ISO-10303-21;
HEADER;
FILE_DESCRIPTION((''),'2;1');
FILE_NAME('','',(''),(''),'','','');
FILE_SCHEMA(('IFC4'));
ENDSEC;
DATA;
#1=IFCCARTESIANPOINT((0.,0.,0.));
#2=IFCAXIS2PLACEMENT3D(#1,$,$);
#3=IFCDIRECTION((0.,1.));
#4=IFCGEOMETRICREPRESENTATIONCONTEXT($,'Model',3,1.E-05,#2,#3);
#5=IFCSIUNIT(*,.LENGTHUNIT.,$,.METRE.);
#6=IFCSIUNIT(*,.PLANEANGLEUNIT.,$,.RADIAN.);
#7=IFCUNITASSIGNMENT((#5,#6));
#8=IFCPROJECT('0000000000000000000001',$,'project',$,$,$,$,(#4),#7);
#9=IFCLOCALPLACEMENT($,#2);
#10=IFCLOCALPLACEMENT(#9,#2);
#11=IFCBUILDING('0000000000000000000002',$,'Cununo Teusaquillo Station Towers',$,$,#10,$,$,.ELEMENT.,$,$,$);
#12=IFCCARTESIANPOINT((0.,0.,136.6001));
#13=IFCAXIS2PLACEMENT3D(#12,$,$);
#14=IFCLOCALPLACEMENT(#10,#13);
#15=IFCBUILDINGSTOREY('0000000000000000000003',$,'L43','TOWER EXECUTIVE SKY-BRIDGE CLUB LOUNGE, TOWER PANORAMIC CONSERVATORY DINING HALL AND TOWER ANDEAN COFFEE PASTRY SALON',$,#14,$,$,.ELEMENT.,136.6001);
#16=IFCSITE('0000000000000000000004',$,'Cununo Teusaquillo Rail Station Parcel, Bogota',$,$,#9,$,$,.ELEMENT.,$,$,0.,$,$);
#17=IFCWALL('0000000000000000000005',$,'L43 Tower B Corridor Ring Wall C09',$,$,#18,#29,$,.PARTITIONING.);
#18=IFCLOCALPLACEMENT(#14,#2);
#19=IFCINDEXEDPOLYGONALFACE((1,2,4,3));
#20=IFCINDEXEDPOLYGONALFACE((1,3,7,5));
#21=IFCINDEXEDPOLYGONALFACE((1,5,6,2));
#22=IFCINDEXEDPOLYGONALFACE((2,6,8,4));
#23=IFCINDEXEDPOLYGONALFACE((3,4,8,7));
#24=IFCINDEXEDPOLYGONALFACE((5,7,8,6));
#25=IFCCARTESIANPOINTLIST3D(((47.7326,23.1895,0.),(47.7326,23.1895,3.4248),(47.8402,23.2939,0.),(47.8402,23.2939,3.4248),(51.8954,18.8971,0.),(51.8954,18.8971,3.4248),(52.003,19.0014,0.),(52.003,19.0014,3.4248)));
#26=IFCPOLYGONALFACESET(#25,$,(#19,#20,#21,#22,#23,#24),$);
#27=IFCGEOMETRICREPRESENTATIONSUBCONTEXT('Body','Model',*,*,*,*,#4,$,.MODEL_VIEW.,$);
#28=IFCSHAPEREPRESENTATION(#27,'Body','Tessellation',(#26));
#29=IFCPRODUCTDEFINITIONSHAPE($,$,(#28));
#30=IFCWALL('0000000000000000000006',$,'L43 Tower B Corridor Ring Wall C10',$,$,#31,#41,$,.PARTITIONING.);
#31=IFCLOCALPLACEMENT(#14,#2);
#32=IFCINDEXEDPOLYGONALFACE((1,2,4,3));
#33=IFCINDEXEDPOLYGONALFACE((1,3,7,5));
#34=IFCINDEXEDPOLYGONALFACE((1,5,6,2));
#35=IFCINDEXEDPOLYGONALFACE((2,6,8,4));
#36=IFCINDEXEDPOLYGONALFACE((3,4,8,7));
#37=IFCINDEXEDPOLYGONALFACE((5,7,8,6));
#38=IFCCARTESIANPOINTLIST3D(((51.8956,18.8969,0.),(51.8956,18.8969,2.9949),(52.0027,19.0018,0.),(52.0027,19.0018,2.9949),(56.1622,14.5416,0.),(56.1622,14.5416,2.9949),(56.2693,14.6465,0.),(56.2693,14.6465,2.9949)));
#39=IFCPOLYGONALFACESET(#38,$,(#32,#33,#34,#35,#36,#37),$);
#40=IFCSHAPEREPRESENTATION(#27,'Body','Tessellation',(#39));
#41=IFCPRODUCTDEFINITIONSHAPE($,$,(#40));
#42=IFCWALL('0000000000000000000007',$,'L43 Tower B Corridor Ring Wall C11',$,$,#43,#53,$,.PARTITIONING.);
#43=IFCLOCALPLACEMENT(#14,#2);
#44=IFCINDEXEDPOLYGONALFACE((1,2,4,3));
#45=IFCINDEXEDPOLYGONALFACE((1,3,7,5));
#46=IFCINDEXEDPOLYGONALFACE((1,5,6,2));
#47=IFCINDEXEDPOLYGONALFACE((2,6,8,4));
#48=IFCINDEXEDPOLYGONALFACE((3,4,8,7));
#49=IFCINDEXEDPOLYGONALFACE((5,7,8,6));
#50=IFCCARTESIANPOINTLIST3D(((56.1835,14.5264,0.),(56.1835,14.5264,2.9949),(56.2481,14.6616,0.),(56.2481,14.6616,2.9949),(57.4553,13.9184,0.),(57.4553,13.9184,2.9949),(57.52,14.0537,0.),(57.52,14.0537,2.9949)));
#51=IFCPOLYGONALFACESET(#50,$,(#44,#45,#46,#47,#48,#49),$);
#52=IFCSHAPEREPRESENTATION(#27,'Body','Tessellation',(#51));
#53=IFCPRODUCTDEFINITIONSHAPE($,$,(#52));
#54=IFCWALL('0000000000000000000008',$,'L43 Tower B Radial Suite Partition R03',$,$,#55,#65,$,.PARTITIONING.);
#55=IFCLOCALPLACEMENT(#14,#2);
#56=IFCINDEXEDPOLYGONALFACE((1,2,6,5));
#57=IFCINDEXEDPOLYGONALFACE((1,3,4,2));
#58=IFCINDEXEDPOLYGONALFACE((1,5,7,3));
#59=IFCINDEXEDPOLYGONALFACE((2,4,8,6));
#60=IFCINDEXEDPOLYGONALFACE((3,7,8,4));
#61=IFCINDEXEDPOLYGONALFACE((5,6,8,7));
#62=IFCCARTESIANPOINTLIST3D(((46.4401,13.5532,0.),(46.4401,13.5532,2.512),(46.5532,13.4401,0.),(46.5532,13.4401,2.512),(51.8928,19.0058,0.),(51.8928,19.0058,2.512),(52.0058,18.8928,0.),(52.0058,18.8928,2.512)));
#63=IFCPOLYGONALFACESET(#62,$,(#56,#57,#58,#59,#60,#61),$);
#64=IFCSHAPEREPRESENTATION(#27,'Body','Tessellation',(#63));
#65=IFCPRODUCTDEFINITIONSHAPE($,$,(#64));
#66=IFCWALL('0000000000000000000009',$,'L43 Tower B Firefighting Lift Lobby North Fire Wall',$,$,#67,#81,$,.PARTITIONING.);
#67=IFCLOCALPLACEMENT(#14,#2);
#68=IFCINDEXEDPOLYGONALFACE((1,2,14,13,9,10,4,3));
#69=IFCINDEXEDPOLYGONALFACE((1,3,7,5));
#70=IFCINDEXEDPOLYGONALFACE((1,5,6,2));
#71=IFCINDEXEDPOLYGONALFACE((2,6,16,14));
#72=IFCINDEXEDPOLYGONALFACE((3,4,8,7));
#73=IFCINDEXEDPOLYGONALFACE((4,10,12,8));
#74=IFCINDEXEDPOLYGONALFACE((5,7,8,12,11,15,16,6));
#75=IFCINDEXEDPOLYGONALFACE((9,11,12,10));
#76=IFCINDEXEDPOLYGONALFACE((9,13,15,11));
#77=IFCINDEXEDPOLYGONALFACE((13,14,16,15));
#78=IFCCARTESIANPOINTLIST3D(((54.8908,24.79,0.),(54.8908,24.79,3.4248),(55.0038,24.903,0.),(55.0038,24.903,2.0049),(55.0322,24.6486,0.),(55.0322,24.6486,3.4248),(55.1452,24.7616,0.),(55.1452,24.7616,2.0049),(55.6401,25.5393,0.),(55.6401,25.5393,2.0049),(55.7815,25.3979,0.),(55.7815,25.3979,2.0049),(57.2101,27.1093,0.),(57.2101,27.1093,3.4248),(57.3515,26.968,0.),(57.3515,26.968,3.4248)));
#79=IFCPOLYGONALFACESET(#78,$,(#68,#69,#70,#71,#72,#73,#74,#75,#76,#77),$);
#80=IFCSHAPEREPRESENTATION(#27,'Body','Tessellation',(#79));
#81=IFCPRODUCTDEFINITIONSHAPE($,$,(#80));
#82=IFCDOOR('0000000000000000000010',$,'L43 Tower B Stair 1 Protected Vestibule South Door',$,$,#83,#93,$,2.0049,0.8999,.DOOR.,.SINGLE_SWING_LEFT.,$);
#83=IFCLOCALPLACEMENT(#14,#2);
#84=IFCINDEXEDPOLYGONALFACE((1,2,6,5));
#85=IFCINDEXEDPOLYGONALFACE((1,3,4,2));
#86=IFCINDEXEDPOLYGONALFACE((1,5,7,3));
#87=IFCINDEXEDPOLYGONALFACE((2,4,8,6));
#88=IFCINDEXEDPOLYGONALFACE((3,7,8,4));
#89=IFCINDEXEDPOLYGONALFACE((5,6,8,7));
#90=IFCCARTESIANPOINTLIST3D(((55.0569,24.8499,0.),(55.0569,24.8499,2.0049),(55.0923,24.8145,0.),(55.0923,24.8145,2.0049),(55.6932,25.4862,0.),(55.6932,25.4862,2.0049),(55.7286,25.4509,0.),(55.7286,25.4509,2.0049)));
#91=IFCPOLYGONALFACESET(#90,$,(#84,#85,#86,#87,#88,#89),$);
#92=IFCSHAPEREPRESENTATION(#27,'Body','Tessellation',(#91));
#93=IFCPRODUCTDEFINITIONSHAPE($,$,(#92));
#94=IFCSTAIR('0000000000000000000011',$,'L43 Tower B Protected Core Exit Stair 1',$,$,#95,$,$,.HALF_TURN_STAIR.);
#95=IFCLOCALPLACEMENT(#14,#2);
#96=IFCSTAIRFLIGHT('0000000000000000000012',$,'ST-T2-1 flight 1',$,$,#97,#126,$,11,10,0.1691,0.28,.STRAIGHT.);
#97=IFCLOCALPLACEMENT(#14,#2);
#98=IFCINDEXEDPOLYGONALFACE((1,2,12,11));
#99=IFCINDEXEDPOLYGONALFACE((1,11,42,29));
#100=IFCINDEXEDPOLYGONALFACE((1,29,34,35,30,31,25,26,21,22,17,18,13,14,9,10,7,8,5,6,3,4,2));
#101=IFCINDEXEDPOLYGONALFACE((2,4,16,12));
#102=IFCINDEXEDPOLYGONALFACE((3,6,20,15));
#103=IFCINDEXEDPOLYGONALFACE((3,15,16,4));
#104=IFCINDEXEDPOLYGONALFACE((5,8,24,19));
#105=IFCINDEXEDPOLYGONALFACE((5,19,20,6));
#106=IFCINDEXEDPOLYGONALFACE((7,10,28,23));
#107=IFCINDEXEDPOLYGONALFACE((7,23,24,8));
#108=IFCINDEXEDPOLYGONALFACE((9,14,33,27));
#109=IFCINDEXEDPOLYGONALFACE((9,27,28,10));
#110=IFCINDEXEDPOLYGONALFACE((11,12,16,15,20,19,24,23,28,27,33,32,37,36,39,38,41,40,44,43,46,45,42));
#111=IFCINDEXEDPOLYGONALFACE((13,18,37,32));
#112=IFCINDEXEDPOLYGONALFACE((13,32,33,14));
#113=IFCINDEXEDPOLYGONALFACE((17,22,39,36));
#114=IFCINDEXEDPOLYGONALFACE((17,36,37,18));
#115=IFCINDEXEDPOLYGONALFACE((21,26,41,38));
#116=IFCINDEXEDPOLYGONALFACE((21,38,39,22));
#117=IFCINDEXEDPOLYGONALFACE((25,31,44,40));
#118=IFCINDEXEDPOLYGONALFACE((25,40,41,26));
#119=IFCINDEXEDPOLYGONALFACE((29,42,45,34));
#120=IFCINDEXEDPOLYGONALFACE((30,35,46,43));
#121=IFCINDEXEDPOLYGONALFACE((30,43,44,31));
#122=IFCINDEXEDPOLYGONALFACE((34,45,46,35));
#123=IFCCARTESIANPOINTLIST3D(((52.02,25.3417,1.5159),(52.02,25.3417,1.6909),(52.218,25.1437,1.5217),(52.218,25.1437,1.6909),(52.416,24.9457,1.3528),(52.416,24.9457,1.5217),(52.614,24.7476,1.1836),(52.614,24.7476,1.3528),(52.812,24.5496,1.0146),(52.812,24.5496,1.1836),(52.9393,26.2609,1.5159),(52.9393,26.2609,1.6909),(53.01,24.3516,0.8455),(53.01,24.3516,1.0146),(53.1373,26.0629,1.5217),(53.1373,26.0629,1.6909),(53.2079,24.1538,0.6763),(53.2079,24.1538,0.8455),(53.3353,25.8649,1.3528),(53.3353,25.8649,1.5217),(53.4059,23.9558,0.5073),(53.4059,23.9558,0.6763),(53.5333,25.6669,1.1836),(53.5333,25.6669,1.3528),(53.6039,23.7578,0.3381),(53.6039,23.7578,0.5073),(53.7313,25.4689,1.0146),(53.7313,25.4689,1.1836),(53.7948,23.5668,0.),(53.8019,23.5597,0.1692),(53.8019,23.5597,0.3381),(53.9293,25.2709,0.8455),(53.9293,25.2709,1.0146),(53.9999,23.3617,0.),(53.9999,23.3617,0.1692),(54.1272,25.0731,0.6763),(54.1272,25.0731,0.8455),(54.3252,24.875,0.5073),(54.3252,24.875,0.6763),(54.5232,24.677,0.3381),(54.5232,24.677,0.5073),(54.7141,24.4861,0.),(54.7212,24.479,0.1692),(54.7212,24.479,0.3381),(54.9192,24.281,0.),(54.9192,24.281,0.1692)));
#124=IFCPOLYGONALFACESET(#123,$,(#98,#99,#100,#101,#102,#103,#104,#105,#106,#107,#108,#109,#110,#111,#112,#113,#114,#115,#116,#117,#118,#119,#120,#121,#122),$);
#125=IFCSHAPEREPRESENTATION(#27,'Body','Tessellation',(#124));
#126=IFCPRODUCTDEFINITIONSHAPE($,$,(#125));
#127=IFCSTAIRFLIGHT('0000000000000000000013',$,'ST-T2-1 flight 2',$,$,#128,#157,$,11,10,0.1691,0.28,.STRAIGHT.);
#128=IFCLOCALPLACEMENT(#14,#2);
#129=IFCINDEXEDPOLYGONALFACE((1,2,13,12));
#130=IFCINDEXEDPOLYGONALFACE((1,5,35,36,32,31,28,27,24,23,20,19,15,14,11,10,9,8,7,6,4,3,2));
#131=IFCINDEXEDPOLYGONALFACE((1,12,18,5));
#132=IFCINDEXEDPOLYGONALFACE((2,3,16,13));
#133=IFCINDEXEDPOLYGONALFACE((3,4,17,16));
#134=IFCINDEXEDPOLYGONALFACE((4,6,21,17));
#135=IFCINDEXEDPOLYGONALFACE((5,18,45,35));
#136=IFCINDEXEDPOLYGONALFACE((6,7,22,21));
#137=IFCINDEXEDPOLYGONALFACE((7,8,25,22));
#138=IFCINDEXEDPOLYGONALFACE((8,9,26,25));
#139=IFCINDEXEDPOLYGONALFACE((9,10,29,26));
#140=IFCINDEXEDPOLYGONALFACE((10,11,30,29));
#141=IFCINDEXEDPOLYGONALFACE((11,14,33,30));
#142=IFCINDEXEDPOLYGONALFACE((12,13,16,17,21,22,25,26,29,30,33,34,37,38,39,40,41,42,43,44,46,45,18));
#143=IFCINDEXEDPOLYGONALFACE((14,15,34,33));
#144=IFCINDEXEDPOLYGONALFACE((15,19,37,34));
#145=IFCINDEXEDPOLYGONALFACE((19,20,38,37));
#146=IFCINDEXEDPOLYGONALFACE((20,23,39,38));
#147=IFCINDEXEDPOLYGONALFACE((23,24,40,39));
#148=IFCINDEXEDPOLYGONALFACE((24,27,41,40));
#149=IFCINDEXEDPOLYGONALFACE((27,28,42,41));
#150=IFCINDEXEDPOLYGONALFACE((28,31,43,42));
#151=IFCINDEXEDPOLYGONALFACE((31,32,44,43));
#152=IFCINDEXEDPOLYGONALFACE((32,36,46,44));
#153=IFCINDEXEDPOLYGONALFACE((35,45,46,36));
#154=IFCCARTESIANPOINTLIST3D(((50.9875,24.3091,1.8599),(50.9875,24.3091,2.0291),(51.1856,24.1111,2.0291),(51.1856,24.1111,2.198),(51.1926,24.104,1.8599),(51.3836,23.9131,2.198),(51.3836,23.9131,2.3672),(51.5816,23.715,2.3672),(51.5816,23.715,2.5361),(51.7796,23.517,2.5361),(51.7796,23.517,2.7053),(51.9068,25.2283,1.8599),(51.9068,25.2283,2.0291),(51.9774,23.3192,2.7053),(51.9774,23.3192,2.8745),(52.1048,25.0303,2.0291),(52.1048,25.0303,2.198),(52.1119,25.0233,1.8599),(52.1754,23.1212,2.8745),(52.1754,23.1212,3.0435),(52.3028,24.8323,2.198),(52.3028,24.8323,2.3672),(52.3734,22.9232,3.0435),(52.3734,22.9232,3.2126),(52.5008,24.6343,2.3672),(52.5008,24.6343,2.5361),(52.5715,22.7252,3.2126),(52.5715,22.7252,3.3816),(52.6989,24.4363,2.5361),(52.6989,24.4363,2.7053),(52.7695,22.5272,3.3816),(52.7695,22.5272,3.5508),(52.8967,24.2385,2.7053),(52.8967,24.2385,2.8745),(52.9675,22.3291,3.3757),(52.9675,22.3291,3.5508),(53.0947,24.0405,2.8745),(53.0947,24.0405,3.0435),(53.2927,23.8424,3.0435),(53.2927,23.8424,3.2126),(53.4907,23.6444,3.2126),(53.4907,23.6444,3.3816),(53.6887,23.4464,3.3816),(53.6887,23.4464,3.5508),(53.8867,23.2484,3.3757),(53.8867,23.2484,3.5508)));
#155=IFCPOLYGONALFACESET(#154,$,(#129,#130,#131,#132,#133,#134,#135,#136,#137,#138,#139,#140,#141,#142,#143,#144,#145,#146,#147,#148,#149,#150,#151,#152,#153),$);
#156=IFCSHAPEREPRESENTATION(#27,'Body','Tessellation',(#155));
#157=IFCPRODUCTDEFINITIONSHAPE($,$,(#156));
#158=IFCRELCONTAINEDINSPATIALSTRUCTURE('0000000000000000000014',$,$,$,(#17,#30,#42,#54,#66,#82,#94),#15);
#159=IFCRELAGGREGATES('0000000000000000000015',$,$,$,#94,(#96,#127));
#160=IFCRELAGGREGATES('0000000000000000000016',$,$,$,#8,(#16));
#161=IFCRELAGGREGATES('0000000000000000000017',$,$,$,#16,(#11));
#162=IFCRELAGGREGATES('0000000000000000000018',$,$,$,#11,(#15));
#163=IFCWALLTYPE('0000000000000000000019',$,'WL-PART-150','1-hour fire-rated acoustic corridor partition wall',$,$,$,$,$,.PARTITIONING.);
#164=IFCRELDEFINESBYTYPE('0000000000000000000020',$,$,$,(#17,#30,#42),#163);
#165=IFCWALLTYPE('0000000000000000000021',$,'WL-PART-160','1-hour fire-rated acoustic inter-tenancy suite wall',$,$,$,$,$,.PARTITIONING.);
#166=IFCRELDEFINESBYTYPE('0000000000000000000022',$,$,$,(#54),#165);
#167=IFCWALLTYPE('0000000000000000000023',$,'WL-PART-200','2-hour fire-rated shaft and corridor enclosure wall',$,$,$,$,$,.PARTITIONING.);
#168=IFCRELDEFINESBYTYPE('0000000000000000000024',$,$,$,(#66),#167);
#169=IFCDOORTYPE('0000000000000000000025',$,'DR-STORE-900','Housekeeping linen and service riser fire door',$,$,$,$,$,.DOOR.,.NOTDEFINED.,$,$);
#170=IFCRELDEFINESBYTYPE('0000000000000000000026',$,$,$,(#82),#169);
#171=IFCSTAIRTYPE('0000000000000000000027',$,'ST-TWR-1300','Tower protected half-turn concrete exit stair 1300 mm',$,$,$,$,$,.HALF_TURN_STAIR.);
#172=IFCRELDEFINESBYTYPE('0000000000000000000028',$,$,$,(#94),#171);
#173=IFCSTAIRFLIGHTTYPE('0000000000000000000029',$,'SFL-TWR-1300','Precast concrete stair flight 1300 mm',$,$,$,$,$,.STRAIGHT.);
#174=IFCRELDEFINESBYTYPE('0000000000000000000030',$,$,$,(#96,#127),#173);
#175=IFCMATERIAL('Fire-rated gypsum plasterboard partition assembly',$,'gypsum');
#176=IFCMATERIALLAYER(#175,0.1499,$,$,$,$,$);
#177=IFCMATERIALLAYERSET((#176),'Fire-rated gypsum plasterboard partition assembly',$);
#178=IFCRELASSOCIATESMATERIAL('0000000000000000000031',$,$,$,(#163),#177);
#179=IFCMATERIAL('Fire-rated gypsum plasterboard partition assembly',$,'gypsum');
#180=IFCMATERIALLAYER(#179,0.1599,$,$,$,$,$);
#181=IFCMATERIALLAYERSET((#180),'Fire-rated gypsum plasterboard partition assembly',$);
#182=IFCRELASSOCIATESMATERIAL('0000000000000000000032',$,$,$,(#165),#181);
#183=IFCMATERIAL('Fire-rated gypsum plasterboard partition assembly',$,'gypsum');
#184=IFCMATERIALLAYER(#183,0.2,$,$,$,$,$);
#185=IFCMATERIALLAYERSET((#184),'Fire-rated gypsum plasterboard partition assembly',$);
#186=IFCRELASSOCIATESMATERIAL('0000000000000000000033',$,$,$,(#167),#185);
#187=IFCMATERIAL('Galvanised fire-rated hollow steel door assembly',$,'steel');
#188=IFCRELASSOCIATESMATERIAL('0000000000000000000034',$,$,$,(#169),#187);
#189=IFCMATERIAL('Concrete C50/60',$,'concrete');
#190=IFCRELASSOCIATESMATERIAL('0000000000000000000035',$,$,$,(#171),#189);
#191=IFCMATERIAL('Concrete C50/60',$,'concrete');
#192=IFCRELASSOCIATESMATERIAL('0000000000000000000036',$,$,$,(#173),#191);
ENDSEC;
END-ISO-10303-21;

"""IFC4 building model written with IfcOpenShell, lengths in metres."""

from ifc_helpers import new_model, si_unit, direction, frame, frame_2d, origin, place, context, subcontext, project, spatial, polyline, rectangle, outline, extrude, source, transform, mapped, material, layer, layer_set, type_object, element, fill, aggregate, save


model = new_model("IFC4")

# Units and contexts
model_context = context("Model", 3, precision=1e-05, world=origin(), true_north=direction((0.0, 1.0)))
body_context = subcontext(model_context, "Body", "Model", "MODEL_VIEW")
ifc_project = project(units=[si_unit("LENGTHUNIT", "METRE"), si_unit("PLANEANGLEUNIT", "RADIAN")], contexts=[model_context])

# Site, building, storey
site_placement = place(None, origin())
site = spatial("IfcSite", under=ifc_project, at=site_placement, Name="Cununo Teusaquillo Rail Station Parcel, Bogota", CompositionType="ELEMENT", RefElevation=0.0)
building_placement = place(site_placement, origin())
building = spatial("IfcBuilding", under=site, at=building_placement, Name="Cununo Teusaquillo Station Towers", CompositionType="ELEMENT")
storey_placement = place(building_placement, frame((0.0, 0.0, 136.6001)))
storey = spatial("IfcBuildingStorey", under=building, at=storey_placement, Name="L43", Description="TOWER EXECUTIVE SKY-BRIDGE CLUB LOUNGE, TOWER PANORAMIC CONSERVATORY DINING HALL AND TOWER ANDEAN COFFEE PASTRY SALON", CompositionType="ELEMENT", Elevation=136.6001)

# Walls
ifc_material_1 = material(Name="Fire-rated gypsum plasterboard partition assembly", Category="gypsum")
ifc_layer_1 = layer(ifc_material_1, 0.1499)
ifc_layer_set_1 = layer_set([ifc_layer_1], Name="Fire-rated gypsum plasterboard partition assembly")
wall_type_1 = type_object("IfcWallType", Name="WL-PART-150", Description="1-hour fire-rated acoustic corridor partition wall", PredefinedType="PARTITIONING", material=ifc_layer_set_1)
wall_1_placement = place(storey_placement, frame((47.7864, 23.2417, 0.0), z_axis=(0.0, 0.0, 1.0), x_axis=(0.696183, -0.717864, 0.0)))
element("IfcWall", 1, at=wall_1_placement, inside=storey, type_object=wall_type_1, Name="L43 Tower B Corridor Ring Wall C09", PredefinedType="PARTITIONING", context=body_context, shape_type="SweptSolid", body=[
    extrude(rectangle(XDim=5.9795, YDim=0.1499, at=frame_2d((2.9897, 0.0))), origin(), (0.0, 0.0, 1.0), 3.4248),
])
wall_2_placement = place(storey_placement, frame((51.9492, 18.9492, 0.0), z_axis=(0.0, 0.0, 1.0), x_axis=(0.699802, -0.714337, 0.0)))
element("IfcWall", 2, at=wall_2_placement, inside=storey, type_object=wall_type_1, Name="L43 Tower B Corridor Ring Wall C10", PredefinedType="PARTITIONING", context=body_context, shape_type="SweptSolid", body=[
    extrude(rectangle(XDim=6.0969, YDim=0.1499, at=frame_2d((3.0483, 0.0))), origin(), (0.0, 0.0, 1.0), 2.9949),
])
wall_3_placement = place(storey_placement, frame((56.2158, 14.594, 0.0), z_axis=(0.0, 0.0, 1.0), x_axis=(0.902219, -0.431278, 0.0)))
element("IfcWall", 3, at=wall_3_placement, inside=storey, type_object=wall_type_1, Name="L43 Tower B Corridor Ring Wall C11", PredefinedType="PARTITIONING", context=body_context, shape_type="SweptSolid", body=[
    extrude(rectangle(XDim=1.4097, YDim=0.1499, at=frame_2d((0.7048, 0.0))), origin(), (0.0, 0.0, 1.0), 2.9949),
])
ifc_material_2 = material(Name="Fire-rated gypsum plasterboard partition assembly", Category="gypsum")
ifc_layer_2 = layer(ifc_material_2, 0.1599)
ifc_layer_set_2 = layer_set([ifc_layer_2], Name="Fire-rated gypsum plasterboard partition assembly")
wall_type_2 = type_object("IfcWallType", Name="WL-PART-160", Description="1-hour fire-rated acoustic inter-tenancy suite wall", PredefinedType="PARTITIONING", material=ifc_layer_set_2)
wall_4_placement = place(storey_placement, frame((51.9492, 18.9492, 0.0), z_axis=(0.0, 0.0, 1.0), x_axis=(-0.707107, -0.707107, 0.0)))
element("IfcWall", 4, at=wall_4_placement, inside=storey, type_object=wall_type_2, Name="L43 Tower B Radial Suite Partition R03", PredefinedType="PARTITIONING", context=body_context, shape_type="SweptSolid", body=[
    extrude(rectangle(XDim=7.7112, YDim=0.1599, at=frame_2d((3.8555, 0.0))), origin(), (0.0, 0.0, 1.0), 2.512),
])

# Wall, opening, door
ifc_material_3 = material(Name="Fire-rated gypsum plasterboard partition assembly", Category="gypsum")
ifc_layer_3 = layer(ifc_material_3, 0.2)
ifc_layer_set_3 = layer_set([ifc_layer_3], Name="Fire-rated gypsum plasterboard partition assembly")
wall_type_3 = type_object("IfcWallType", Name="WL-PART-200", Description="2-hour fire-rated shaft and corridor enclosure wall", PredefinedType="PARTITIONING", material=ifc_layer_set_3)
wall_5_placement = place(storey_placement, frame((54.9614, 24.7192, 0.0), z_axis=(0.0, 0.0, 1.0), x_axis=(0.707107, 0.707107, 0.0)))
wall_5 = element("IfcWall", 5, at=wall_5_placement, inside=storey, type_object=wall_type_3, Name="L43 Tower B Firefighting Lift Lobby North Fire Wall", PredefinedType="PARTITIONING", context=body_context, shape_type="SweptSolid", body=[
    extrude(rectangle(XDim=3.28, YDim=0.2, at=frame_2d((1.6401, 0.0))), origin(), (0.0, 0.0, 1.0), 3.4248),
])
shared_shape_1 = source(origin(), body_context, "Body", "SweptSolid", [
    extrude(rectangle(XDim=0.8999, YDim=2.0049, at=frame_2d((0.45, 1.0024))), frame((0.0, 0.1099, 0.0), z_axis=(0.0, -1.0, 0.0), x_axis=(1.0, 0.0, 0.0)), (0.0, 0.0, 1.0), 0.22),
])
opening_1_placement = place(wall_5_placement, frame((0.1599, 0.0, 0.0)))
opening_1 = element("IfcOpeningElement", 6, at=opening_1_placement, cuts=wall_5, PredefinedType="OPENING", context=body_context, shape_type="MappedRepresentation", body=[
    mapped(shared_shape_1, transform((0.0, 0.0, 0.0), x_axis=(1.0, 0.0, 0.0), y_axis=(0.0, 1.0, 0.0), z_axis=(0.0, 0.0, 1.0), scale=1.0)),
])
ifc_material_4 = material(Name="Galvanised fire-rated hollow steel door assembly", Category="steel")
door_type = type_object("IfcDoorType", Name="DR-STORE-900", Description="Housekeeping linen and service riser fire door", OperationType="NOTDEFINED", PredefinedType="DOOR", material=ifc_material_4)
shared_shape_2 = source(origin(), body_context, "Body", "SweptSolid", [
    extrude(rectangle(XDim=0.8999, YDim=2.0049, at=frame_2d((0.45, 1.0024))), frame((0.0, 0.0249, 0.0), z_axis=(0.0, -1.0, 0.0), x_axis=(1.0, 0.0, 0.0)), (0.0, 0.0, 1.0), 0.05),
])
door_placement = place(opening_1_placement, origin())
door = element("IfcDoor", 7, at=door_placement, inside=storey, type_object=door_type, Name="L43 Tower B Stair 1 Protected Vestibule South Door", OperationType="SINGLE_SWING_LEFT", OverallHeight=2.0049, OverallWidth=0.8999, PredefinedType="DOOR", context=body_context, shape_type="MappedRepresentation", body=[
    mapped(shared_shape_2, transform((0.0, 0.0, 0.0), x_axis=(1.0, 0.0, 0.0), y_axis=(0.0, 1.0, 0.0), z_axis=(0.0, 0.0, 1.0), scale=1.0)),
])
fill(opening_1, door)

# Stair, stair flights
ifc_material_5 = material(Name="Concrete C50/60", Category="concrete")
stair_type = type_object("IfcStairType", Name="ST-TWR-1300", Description="Tower protected half-turn concrete exit stair 1300 mm", PredefinedType="HALF_TURN_STAIR", material=ifc_material_5)
stair_placement = place(storey_placement, origin())
stair = element("IfcStair", 8, at=stair_placement, inside=storey, type_object=stair_type, Name="L43 Tower B Protected Core Exit Stair 1", PredefinedType="HALF_TURN_STAIR")
ifc_material_6 = material(Name="Concrete C50/60", Category="concrete")
stair_flight_type = type_object("IfcStairFlightType", Name="SFL-TWR-1300", Description="Precast concrete stair flight 1300 mm", PredefinedType="STRAIGHT", material=ifc_material_6)
stair_flight_1_placement = place(storey_placement, frame((54.4595, 23.8213, 0.0), z_axis=(0.0, 0.0, 1.0), x_axis=(-0.707107, 0.707107, 0.0)))
stair_flight_1 = element("IfcStairFlight", 9, at=stair_flight_1_placement, type_object=stair_flight_type, Name="ST-T2-1 flight 1", NumberOfRisers=11, NumberOfTreads=10, PredefinedType="STRAIGHT", RiserHeight=0.1691, TreadLength=0.28, context=body_context, shape_type="SweptSolid", body=[
    extrude(outline(polyline([(0.0, 0.0), (0.0, 0.1692), (0.28, 0.1692), (0.28, 0.3381), (0.5601, 0.3381), (0.5601, 0.5073), (0.8401, 0.5073), (0.8401, 0.6763), (1.1201, 0.6763), (1.1201, 0.8455), (1.3999, 0.8455), (1.3999, 1.0146), (1.6799, 1.0146), (1.6799, 1.1836), (1.96, 1.1836), (1.96, 1.3528), (2.24, 1.3528), (2.24, 1.5217), (2.52, 1.5217), (2.52, 1.6909), (2.8, 1.6909), (2.8, 1.8601), (2.8, 1.5159), (0.29, 0.0), (0.0, 0.0)])), frame((0.0, 0.6499, 0.0), z_axis=(0.0, -1.0, 0.0), x_axis=(1.0, 0.0, 0.0)), (0.0, 0.0, 1.0), 1.3),
])
stair_flight_2_placement = place(storey_placement, frame((51.4473, 24.7688, 1.8599), z_axis=(0.0, 0.0, 1.0), x_axis=(0.707107, -0.707107, 0.0)))
stair_flight_2 = element("IfcStairFlight", 10, at=stair_flight_2_placement, type_object=stair_flight_type, Name="ST-T2-1 flight 2", NumberOfRisers=11, NumberOfTreads=10, PredefinedType="STRAIGHT", RiserHeight=0.1691, TreadLength=0.28, context=body_context, shape_type="SweptSolid", body=[
    extrude(outline(polyline([(0.0, 0.0), (0.0, 0.1692), (0.28, 0.1692), (0.28, 0.3381), (0.5601, 0.3381), (0.5601, 0.5073), (0.8401, 0.5073), (0.8401, 0.6763), (1.1201, 0.6763), (1.1201, 0.8455), (1.3999, 0.8455), (1.3999, 1.0146), (1.6799, 1.0146), (1.6799, 1.1836), (1.96, 1.1836), (1.96, 1.3528), (2.24, 1.3528), (2.24, 1.5217), (2.52, 1.5217), (2.52, 1.6909), (2.8, 1.6909), (2.8, 1.8601), (2.8, 1.5159), (0.29, 0.0), (0.0, 0.0)])), frame((0.0, 0.6499, 0.0), z_axis=(0.0, -1.0, 0.0), x_axis=(1.0, 0.0, 0.0)), (0.0, 0.0, 1.0), 1.3),
])
aggregate(stair, [stair_flight_1, stair_flight_2])

save(model, "model.ifc")
